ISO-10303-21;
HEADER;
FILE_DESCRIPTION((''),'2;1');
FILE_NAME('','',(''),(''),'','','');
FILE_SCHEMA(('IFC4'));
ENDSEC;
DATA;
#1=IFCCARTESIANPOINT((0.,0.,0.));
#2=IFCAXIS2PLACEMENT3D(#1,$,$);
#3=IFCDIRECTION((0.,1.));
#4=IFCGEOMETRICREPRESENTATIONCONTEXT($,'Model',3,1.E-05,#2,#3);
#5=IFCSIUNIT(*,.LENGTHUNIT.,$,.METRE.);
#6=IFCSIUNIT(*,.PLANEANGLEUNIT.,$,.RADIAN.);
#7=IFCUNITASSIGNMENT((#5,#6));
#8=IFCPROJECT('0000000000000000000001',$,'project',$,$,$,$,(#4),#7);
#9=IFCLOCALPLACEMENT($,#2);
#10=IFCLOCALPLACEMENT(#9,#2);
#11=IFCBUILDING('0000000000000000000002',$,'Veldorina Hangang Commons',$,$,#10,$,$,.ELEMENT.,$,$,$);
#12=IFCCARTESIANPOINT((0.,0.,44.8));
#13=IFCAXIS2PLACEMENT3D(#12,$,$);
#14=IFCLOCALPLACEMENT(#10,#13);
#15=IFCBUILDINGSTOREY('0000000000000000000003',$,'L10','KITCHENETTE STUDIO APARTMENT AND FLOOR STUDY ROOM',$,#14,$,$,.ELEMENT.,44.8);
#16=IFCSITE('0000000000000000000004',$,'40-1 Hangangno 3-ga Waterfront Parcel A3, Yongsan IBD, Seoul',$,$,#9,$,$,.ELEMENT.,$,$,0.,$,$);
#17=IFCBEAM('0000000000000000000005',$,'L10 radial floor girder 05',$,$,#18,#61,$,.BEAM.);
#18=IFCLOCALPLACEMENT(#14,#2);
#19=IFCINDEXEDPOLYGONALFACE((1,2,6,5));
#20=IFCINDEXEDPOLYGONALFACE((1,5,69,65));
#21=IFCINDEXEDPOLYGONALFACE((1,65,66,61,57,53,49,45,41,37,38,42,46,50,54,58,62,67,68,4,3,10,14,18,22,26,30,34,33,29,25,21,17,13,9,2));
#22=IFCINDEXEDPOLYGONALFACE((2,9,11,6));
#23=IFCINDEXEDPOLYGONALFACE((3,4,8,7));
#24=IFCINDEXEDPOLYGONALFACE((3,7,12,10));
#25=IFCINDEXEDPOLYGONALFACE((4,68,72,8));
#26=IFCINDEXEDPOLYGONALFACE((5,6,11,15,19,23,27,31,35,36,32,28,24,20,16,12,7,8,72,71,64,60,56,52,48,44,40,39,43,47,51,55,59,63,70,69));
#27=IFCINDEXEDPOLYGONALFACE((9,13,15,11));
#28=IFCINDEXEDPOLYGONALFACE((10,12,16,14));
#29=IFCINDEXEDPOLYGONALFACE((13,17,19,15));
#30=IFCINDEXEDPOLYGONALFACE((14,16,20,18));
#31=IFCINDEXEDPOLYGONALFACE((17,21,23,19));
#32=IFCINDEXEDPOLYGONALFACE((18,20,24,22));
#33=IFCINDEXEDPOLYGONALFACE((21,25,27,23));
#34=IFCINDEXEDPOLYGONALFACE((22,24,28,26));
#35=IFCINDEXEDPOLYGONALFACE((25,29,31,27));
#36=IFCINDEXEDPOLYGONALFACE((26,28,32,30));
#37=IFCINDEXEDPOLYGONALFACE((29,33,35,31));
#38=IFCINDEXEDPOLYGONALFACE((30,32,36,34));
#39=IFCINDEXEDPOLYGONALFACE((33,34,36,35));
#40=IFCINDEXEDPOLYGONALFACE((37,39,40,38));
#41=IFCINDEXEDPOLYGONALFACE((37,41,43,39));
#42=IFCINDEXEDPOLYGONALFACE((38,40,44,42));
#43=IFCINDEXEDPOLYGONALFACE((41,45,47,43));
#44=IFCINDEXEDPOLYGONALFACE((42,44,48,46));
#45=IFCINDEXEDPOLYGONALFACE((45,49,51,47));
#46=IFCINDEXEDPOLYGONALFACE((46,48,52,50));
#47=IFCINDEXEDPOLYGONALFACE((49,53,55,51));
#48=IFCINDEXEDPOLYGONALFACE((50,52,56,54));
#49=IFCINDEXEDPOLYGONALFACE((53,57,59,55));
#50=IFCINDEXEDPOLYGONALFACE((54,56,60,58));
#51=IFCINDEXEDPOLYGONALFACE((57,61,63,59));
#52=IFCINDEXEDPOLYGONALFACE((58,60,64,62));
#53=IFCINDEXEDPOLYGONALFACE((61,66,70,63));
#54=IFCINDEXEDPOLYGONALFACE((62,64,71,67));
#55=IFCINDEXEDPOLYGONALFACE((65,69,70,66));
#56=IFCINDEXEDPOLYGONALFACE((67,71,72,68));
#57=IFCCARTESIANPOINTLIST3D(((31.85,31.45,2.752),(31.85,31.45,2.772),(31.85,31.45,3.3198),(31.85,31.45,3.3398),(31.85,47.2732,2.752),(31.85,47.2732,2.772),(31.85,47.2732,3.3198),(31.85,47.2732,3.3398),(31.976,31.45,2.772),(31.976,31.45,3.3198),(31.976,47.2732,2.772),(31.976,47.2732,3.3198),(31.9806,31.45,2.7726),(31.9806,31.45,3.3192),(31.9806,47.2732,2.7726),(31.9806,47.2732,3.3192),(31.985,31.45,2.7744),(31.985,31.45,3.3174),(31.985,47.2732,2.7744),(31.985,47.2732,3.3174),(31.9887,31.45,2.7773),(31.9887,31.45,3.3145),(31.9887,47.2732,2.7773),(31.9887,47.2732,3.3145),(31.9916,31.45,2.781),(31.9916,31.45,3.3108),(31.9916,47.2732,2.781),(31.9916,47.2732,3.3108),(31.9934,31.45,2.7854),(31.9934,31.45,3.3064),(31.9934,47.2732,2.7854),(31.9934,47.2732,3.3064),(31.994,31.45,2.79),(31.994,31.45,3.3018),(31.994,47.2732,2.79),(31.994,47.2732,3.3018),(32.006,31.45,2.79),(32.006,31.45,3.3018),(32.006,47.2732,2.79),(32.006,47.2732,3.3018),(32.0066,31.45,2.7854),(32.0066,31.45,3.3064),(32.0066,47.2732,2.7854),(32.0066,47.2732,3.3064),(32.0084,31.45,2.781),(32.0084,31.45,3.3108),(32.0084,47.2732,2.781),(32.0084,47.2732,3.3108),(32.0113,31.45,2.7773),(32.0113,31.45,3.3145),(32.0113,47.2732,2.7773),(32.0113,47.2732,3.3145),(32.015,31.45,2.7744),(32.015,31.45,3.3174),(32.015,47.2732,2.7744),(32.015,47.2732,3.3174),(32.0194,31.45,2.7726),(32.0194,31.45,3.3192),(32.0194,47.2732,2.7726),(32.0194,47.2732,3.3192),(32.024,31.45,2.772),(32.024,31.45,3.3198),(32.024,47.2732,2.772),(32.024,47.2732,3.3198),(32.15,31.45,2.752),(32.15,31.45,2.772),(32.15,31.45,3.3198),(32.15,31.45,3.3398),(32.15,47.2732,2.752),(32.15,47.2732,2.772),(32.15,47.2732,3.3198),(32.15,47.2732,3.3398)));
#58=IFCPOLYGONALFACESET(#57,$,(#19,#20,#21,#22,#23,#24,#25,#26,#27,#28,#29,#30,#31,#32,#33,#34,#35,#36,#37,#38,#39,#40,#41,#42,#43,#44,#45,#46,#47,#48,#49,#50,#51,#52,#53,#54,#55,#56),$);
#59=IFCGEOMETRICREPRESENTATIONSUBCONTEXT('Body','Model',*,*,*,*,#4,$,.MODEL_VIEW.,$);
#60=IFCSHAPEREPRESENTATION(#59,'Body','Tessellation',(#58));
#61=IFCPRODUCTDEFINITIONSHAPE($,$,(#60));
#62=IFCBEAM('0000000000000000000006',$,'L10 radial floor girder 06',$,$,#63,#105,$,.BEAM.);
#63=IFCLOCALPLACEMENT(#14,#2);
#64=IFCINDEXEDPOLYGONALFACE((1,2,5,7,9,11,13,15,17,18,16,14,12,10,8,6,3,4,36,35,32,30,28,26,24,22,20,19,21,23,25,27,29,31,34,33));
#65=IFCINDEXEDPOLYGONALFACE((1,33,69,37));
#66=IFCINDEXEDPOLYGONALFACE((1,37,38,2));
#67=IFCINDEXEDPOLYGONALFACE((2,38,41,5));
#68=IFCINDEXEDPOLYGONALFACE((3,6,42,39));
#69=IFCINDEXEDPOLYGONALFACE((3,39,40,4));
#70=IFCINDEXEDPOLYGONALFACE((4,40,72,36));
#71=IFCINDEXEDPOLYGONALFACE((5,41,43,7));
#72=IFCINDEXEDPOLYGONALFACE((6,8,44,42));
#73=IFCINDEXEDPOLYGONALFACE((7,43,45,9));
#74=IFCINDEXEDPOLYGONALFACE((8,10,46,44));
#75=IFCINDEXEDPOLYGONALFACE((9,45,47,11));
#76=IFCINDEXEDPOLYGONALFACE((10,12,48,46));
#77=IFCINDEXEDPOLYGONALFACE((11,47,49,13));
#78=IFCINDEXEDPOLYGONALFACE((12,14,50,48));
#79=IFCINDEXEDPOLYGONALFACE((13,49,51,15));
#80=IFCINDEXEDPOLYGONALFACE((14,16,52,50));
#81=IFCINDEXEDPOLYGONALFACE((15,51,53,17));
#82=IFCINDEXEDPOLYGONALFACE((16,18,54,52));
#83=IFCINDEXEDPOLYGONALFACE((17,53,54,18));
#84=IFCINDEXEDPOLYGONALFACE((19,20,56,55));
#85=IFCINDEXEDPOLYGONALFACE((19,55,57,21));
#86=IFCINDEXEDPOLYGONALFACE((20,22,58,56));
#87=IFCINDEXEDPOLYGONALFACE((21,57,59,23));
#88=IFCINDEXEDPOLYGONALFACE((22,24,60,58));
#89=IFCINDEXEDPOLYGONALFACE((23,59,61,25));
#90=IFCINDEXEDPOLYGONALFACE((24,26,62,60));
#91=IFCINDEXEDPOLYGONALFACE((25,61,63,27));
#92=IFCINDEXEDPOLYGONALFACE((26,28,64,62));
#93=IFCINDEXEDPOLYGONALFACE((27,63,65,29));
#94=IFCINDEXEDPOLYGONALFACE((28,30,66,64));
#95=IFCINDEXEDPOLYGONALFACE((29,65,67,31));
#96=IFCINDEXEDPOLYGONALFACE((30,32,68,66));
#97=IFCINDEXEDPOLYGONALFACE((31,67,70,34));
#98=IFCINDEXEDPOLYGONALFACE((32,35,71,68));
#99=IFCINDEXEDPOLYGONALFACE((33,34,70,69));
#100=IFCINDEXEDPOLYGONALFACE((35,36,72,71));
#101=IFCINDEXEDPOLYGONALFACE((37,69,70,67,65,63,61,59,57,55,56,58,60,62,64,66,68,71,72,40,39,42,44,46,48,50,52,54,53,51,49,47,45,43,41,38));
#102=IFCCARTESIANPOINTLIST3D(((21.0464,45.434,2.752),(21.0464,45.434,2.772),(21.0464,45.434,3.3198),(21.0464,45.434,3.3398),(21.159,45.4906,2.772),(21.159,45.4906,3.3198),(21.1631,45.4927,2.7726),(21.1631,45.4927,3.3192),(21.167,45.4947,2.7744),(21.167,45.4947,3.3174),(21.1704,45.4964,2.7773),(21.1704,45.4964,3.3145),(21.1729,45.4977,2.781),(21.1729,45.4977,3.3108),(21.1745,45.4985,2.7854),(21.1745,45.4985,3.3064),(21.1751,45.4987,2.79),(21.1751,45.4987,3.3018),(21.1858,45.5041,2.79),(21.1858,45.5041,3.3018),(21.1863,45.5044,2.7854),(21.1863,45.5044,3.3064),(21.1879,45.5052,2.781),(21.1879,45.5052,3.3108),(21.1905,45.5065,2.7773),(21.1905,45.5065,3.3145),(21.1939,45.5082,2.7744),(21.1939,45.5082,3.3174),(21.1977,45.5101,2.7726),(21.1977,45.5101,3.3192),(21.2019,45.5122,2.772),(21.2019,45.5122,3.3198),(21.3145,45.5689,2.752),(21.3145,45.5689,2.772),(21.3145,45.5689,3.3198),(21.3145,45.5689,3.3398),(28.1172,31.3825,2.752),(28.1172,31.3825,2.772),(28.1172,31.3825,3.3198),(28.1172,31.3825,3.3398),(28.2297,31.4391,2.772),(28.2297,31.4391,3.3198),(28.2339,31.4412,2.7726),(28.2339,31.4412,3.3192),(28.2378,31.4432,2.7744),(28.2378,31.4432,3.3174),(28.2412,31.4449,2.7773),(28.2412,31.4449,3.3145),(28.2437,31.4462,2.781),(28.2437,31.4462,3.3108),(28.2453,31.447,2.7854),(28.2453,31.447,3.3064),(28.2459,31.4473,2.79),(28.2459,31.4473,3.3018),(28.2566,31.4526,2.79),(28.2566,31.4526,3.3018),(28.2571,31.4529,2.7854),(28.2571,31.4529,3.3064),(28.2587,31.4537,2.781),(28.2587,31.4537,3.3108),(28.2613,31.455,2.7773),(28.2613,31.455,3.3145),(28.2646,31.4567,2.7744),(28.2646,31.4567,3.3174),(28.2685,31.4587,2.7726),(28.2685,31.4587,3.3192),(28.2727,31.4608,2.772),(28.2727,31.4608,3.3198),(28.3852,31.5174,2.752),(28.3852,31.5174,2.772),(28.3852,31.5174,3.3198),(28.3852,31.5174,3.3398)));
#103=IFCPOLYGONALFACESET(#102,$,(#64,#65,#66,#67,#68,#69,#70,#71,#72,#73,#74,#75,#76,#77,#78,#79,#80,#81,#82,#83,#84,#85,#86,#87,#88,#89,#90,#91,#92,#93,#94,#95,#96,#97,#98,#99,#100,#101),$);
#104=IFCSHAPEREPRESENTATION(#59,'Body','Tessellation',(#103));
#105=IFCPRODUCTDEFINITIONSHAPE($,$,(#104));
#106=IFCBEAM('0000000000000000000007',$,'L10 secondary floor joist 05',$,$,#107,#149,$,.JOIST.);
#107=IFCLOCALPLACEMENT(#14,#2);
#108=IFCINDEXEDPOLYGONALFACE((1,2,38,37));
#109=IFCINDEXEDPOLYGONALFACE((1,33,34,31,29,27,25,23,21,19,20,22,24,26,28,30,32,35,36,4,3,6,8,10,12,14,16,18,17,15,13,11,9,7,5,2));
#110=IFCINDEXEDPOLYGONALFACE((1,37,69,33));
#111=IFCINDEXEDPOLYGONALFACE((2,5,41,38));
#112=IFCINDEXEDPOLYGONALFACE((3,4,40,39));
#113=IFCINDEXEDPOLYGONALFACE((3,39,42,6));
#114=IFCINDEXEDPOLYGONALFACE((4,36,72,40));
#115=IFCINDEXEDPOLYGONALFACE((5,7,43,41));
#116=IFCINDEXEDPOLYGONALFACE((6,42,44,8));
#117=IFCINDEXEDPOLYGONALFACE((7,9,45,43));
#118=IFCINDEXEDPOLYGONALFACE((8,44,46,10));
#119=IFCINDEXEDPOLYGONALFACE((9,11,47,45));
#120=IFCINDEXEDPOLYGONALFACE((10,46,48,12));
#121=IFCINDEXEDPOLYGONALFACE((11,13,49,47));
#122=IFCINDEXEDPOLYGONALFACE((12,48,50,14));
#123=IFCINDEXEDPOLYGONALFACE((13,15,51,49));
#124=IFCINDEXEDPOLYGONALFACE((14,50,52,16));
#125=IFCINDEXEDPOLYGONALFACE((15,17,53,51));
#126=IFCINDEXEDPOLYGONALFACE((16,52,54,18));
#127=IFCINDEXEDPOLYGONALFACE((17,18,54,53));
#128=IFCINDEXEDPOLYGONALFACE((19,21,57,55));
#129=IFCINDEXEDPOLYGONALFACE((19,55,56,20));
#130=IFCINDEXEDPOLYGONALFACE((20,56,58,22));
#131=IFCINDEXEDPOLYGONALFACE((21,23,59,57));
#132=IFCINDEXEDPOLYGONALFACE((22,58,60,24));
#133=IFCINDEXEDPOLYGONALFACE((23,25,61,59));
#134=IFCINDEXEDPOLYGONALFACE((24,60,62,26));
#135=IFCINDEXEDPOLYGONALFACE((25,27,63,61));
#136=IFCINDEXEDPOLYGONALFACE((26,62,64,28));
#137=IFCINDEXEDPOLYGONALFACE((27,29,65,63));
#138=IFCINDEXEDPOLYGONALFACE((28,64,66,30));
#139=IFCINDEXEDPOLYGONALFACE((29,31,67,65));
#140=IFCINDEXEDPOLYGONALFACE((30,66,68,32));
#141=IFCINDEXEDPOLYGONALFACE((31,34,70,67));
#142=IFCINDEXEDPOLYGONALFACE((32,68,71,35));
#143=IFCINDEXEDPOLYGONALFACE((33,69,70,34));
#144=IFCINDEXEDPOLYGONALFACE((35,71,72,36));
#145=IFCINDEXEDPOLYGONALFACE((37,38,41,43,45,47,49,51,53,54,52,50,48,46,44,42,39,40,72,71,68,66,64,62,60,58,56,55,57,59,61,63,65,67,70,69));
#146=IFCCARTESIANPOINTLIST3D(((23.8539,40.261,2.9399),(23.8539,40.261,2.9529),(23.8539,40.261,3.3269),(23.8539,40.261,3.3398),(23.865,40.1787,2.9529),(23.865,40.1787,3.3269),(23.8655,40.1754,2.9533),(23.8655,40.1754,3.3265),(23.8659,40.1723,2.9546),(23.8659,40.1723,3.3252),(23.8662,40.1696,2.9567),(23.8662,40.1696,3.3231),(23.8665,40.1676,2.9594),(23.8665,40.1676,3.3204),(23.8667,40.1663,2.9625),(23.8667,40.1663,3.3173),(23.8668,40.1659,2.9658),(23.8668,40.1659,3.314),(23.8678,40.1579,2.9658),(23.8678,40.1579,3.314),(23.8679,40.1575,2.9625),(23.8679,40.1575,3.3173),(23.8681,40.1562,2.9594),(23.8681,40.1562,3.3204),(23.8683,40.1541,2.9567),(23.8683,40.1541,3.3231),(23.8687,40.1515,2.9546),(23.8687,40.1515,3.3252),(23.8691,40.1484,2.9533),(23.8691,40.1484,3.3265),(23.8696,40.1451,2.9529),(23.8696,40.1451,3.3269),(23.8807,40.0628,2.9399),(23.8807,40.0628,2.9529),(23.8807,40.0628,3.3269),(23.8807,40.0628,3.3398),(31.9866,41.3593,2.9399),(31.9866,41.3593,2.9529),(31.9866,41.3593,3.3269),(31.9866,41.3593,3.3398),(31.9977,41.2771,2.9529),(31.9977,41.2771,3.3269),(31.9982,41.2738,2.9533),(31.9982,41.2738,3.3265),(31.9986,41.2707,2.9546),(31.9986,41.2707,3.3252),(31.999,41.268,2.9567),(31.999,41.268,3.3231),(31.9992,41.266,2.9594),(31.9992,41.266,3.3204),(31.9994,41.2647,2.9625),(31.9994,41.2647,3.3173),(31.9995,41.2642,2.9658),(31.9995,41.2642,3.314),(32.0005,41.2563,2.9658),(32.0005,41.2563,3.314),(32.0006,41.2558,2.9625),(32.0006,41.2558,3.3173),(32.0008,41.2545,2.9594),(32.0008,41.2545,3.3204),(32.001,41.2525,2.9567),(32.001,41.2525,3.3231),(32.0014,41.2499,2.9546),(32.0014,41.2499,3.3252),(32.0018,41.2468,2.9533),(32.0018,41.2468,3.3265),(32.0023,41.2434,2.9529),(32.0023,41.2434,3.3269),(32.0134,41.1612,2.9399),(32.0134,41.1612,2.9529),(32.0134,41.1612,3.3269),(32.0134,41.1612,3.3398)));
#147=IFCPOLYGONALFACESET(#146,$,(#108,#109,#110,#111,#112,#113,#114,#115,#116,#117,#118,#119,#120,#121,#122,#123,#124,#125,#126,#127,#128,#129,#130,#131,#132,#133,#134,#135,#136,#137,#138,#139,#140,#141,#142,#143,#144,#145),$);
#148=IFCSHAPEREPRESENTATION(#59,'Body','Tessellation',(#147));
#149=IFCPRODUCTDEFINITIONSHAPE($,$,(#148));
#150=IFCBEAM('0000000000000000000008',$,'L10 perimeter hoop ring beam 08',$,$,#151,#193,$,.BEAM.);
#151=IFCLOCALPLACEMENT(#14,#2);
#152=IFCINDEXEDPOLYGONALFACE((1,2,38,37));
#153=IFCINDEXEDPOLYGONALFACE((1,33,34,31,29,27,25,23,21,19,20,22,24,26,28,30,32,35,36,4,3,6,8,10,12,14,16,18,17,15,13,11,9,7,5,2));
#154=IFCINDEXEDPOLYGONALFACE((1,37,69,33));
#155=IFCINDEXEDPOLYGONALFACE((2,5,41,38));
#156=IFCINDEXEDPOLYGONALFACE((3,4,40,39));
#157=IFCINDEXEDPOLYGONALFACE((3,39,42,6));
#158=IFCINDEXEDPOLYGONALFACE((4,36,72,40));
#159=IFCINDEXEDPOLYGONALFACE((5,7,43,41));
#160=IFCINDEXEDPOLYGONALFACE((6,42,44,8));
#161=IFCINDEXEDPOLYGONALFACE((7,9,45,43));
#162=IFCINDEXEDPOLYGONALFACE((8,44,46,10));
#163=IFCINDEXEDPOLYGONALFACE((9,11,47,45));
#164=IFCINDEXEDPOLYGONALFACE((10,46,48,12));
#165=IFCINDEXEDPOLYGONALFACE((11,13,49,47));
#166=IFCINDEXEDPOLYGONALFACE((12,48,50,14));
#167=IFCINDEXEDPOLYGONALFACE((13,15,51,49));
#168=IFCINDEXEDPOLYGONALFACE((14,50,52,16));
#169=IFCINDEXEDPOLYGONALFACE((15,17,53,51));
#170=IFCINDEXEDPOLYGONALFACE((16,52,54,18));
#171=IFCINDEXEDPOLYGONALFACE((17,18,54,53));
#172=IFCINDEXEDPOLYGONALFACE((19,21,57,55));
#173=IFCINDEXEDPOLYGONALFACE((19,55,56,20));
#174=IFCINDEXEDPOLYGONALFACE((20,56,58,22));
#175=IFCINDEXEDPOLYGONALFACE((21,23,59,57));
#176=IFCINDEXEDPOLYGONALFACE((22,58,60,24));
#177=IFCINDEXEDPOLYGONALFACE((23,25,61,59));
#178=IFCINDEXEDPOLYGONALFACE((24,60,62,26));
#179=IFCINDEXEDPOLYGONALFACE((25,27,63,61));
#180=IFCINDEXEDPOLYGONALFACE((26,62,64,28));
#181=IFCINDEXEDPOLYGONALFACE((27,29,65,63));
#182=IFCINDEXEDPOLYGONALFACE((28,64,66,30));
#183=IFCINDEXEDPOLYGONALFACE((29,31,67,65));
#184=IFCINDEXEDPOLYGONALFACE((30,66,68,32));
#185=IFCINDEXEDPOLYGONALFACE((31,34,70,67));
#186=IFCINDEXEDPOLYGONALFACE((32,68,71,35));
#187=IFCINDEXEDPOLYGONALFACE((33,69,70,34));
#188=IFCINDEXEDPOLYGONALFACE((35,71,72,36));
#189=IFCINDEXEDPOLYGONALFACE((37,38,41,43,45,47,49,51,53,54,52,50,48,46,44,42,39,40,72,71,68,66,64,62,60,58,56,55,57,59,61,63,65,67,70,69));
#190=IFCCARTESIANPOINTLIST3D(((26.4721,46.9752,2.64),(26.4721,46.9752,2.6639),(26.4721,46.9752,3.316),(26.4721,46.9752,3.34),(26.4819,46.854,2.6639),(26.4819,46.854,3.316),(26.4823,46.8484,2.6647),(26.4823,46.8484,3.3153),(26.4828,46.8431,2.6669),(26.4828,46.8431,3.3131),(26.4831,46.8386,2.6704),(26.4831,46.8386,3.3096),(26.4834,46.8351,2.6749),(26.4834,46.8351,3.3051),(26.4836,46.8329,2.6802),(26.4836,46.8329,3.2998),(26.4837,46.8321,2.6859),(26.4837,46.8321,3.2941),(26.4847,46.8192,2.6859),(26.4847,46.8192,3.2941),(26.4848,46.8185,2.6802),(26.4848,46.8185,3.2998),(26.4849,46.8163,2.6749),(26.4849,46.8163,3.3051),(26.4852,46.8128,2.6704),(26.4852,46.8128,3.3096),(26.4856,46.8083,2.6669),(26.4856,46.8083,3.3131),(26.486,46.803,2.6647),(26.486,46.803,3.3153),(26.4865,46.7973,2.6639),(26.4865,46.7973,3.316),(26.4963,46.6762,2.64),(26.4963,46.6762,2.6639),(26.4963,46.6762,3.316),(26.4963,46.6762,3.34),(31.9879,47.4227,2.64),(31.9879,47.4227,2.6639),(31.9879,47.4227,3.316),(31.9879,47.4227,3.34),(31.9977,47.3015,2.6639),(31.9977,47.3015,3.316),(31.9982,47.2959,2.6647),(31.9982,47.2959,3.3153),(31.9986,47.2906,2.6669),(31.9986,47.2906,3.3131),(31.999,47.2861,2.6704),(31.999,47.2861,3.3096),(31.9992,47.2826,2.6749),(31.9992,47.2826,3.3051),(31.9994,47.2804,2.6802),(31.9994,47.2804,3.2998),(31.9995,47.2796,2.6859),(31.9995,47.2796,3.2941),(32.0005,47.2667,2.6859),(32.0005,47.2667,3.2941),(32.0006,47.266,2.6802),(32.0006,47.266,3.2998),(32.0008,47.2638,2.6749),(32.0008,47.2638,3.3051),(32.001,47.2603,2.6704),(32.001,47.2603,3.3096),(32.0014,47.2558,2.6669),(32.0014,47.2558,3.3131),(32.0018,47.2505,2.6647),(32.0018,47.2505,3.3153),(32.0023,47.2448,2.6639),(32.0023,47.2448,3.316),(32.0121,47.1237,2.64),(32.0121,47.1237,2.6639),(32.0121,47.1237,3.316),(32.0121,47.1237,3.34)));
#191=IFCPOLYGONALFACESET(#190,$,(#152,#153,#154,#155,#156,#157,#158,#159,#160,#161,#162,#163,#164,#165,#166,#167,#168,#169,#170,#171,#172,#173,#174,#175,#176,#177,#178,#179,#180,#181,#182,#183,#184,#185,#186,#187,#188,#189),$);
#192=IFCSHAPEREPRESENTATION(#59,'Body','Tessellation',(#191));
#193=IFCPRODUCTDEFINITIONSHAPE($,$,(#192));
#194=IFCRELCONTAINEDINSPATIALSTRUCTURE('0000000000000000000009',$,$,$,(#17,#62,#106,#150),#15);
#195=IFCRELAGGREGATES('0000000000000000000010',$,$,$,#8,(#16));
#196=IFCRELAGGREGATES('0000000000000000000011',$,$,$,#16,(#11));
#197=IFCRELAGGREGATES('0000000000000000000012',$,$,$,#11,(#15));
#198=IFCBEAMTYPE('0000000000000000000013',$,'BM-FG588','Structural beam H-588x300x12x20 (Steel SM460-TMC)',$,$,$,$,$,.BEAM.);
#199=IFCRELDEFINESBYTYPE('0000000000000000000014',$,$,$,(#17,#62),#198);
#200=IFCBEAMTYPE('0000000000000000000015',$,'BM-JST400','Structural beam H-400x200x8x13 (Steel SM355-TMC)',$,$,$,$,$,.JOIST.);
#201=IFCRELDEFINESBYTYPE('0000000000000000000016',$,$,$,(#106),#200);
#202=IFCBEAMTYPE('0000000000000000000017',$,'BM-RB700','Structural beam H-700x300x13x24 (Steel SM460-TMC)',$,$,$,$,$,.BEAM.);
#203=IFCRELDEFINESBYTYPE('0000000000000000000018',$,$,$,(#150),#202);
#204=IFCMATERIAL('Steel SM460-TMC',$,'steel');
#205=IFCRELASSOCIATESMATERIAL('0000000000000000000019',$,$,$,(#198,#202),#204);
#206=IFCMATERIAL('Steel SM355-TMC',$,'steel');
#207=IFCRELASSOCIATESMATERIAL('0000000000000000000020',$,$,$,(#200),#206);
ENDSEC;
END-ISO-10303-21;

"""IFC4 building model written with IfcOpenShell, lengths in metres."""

from ifc_helpers import new_model, si_unit, direction, frame, origin, origin_2d, place, context, subcontext, project, spatial, i_section, extrude, material, material_profile, profile_set, type_object, element, save


model = new_model("IFC4")

# Units and contexts
model_context = context("Model", 3, precision=1e-05, world=origin(), true_north=direction((0.0, 1.0)))
body_context = subcontext(model_context, "Body", "Model", "MODEL_VIEW")
ifc_project = project(units=[si_unit("LENGTHUNIT", "METRE"), si_unit("PLANEANGLEUNIT", "RADIAN")], contexts=[model_context])

# Site, building, storey
site_placement = place(None, origin())
site = spatial("IfcSite", under=ifc_project, at=site_placement, Name="40-1 Hangangno 3-ga Waterfront Parcel A3, Yongsan IBD, Seoul", CompositionType="ELEMENT", RefElevation=0.0)
building_placement = place(site_placement, origin())
building = spatial("IfcBuilding", under=site, at=building_placement, Name="Veldorina Hangang Commons", CompositionType="ELEMENT")
storey_placement = place(building_placement, frame((0.0, 0.0, 44.8)))
storey = spatial("IfcBuildingStorey", under=building, at=storey_placement, Name="L10", Description="KITCHENETTE STUDIO APARTMENT AND FLOOR STUDY ROOM", CompositionType="ELEMENT", Elevation=44.8)

# Beams
ifc_material_1 = material(Name="Steel SM460-TMC", Category="steel")
ifc_material_profile_1 = material_profile(ifc_material_1, i_section(OverallWidth=0.3, OverallDepth=0.5879, WebThickness=0.012, FlangeThickness=0.02, FilletRadius=0.0181, at=origin_2d()), Name="H-588x300x12x20")
ifc_profile_set_1 = profile_set([ifc_material_profile_1], Name="Steel SM460-TMC")
beam_type_1 = type_object("IfcBeamType", Name="BM-FG588", Description="Structural beam H-588x300x12x20 (Steel SM460-TMC)", PredefinedType="BEAM", material=ifc_profile_set_1)
beam_1_placement = place(storey_placement, frame((32.0, 31.45, 3.0459), z_axis=(0.0, 1.0, 0.0), x_axis=(-1.0, 0.0, 0.0)))
element("IfcBeam", 1, at=beam_1_placement, inside=storey, type_object=beam_type_1, Name="L10 radial floor girder 05", PredefinedType="BEAM", context=body_context, shape_type="SweptSolid", body=[
    extrude(i_section(OverallWidth=0.3, OverallDepth=0.5879, WebThickness=0.012, FlangeThickness=0.02, FilletRadius=0.0181, at=origin_2d()), origin(), (0.0, 0.0, 1.0), 15.8232),
])
beam_2_placement = place(storey_placement, frame((28.2512, 31.45, 3.0459), z_axis=(-0.449503, 0.893279, 0.0), x_axis=(-0.893279, -0.449503, 0.0)))
element("IfcBeam", 2, at=beam_2_placement, inside=storey, type_object=beam_type_1, Name="L10 radial floor girder 06", PredefinedType="BEAM", context=body_context, shape_type="SweptSolid", body=[
    extrude(i_section(OverallWidth=0.3, OverallDepth=0.5879, WebThickness=0.012, FlangeThickness=0.02, FilletRadius=0.0181, at=origin_2d()), origin(), (0.0, 0.0, 1.0), 15.7302),
])
ifc_material_2 = material(Name="Steel SM355-TMC", Category="steel")
ifc_material_profile_2 = material_profile(ifc_material_2, i_section(OverallWidth=0.2, OverallDepth=0.3999, WebThickness=0.0081, FlangeThickness=0.0129, FilletRadius=0.0129, at=origin_2d()), Name="H-400x200x8x13")
ifc_profile_set_2 = profile_set([ifc_material_profile_2], Name="Steel SM355-TMC")
beam_type_2 = type_object("IfcBeamType", Name="BM-JST400", Description="Structural beam H-400x200x8x13 (Steel SM355-TMC)", PredefinedType="JOIST", material=ifc_profile_set_2)
beam_3_placement = place(storey_placement, frame((32.0, 41.2603, 3.1399), z_axis=(-0.991003, -0.133841, 0.0), x_axis=(0.133841, -0.991003, 0.0)))
element("IfcBeam", 3, at=beam_3_placement, inside=storey, type_object=beam_type_2, Name="L10 secondary floor joist 05", PredefinedType="JOIST", context=body_context, shape_type="SweptSolid", body=[
    extrude(i_section(OverallWidth=0.2, OverallDepth=0.3999, WebThickness=0.0081, FlangeThickness=0.0129, FilletRadius=0.0129, at=origin_2d()), origin(), (0.0, 0.0, 1.0), 8.2065),
])
ifc_material_profile_3 = material_profile(ifc_material_1, i_section(OverallWidth=0.3, OverallDepth=0.7, WebThickness=0.0129, FlangeThickness=0.0239, FilletRadius=0.022, at=origin_2d()), Name="H-700x300x13x24")
ifc_profile_set_3 = profile_set([ifc_material_profile_3], Name="Steel SM460-TMC")
beam_type_3 = type_object("IfcBeamType", Name="BM-RB700", Description="Structural beam H-700x300x13x24 (Steel SM460-TMC)", PredefinedType="BEAM", material=ifc_profile_set_3)
beam_4_placement = place(storey_placement, frame((32.0, 47.2732, 2.99), z_axis=(-0.996725, -0.080866, 0.0), x_axis=(0.080866, -0.996725, 0.0)))
element("IfcBeam", 4, at=beam_4_placement, inside=storey, type_object=beam_type_3, Name="L10 perimeter hoop ring beam 08", PredefinedType="BEAM", context=body_context, shape_type="SweptSolid", body=[
    extrude(i_section(OverallWidth=0.3, OverallDepth=0.7, WebThickness=0.0129, FlangeThickness=0.0239, FilletRadius=0.022, at=origin_2d()), origin(), (0.0, 0.0, 1.0), 5.5339),
])

save(model, "model.ifc")
